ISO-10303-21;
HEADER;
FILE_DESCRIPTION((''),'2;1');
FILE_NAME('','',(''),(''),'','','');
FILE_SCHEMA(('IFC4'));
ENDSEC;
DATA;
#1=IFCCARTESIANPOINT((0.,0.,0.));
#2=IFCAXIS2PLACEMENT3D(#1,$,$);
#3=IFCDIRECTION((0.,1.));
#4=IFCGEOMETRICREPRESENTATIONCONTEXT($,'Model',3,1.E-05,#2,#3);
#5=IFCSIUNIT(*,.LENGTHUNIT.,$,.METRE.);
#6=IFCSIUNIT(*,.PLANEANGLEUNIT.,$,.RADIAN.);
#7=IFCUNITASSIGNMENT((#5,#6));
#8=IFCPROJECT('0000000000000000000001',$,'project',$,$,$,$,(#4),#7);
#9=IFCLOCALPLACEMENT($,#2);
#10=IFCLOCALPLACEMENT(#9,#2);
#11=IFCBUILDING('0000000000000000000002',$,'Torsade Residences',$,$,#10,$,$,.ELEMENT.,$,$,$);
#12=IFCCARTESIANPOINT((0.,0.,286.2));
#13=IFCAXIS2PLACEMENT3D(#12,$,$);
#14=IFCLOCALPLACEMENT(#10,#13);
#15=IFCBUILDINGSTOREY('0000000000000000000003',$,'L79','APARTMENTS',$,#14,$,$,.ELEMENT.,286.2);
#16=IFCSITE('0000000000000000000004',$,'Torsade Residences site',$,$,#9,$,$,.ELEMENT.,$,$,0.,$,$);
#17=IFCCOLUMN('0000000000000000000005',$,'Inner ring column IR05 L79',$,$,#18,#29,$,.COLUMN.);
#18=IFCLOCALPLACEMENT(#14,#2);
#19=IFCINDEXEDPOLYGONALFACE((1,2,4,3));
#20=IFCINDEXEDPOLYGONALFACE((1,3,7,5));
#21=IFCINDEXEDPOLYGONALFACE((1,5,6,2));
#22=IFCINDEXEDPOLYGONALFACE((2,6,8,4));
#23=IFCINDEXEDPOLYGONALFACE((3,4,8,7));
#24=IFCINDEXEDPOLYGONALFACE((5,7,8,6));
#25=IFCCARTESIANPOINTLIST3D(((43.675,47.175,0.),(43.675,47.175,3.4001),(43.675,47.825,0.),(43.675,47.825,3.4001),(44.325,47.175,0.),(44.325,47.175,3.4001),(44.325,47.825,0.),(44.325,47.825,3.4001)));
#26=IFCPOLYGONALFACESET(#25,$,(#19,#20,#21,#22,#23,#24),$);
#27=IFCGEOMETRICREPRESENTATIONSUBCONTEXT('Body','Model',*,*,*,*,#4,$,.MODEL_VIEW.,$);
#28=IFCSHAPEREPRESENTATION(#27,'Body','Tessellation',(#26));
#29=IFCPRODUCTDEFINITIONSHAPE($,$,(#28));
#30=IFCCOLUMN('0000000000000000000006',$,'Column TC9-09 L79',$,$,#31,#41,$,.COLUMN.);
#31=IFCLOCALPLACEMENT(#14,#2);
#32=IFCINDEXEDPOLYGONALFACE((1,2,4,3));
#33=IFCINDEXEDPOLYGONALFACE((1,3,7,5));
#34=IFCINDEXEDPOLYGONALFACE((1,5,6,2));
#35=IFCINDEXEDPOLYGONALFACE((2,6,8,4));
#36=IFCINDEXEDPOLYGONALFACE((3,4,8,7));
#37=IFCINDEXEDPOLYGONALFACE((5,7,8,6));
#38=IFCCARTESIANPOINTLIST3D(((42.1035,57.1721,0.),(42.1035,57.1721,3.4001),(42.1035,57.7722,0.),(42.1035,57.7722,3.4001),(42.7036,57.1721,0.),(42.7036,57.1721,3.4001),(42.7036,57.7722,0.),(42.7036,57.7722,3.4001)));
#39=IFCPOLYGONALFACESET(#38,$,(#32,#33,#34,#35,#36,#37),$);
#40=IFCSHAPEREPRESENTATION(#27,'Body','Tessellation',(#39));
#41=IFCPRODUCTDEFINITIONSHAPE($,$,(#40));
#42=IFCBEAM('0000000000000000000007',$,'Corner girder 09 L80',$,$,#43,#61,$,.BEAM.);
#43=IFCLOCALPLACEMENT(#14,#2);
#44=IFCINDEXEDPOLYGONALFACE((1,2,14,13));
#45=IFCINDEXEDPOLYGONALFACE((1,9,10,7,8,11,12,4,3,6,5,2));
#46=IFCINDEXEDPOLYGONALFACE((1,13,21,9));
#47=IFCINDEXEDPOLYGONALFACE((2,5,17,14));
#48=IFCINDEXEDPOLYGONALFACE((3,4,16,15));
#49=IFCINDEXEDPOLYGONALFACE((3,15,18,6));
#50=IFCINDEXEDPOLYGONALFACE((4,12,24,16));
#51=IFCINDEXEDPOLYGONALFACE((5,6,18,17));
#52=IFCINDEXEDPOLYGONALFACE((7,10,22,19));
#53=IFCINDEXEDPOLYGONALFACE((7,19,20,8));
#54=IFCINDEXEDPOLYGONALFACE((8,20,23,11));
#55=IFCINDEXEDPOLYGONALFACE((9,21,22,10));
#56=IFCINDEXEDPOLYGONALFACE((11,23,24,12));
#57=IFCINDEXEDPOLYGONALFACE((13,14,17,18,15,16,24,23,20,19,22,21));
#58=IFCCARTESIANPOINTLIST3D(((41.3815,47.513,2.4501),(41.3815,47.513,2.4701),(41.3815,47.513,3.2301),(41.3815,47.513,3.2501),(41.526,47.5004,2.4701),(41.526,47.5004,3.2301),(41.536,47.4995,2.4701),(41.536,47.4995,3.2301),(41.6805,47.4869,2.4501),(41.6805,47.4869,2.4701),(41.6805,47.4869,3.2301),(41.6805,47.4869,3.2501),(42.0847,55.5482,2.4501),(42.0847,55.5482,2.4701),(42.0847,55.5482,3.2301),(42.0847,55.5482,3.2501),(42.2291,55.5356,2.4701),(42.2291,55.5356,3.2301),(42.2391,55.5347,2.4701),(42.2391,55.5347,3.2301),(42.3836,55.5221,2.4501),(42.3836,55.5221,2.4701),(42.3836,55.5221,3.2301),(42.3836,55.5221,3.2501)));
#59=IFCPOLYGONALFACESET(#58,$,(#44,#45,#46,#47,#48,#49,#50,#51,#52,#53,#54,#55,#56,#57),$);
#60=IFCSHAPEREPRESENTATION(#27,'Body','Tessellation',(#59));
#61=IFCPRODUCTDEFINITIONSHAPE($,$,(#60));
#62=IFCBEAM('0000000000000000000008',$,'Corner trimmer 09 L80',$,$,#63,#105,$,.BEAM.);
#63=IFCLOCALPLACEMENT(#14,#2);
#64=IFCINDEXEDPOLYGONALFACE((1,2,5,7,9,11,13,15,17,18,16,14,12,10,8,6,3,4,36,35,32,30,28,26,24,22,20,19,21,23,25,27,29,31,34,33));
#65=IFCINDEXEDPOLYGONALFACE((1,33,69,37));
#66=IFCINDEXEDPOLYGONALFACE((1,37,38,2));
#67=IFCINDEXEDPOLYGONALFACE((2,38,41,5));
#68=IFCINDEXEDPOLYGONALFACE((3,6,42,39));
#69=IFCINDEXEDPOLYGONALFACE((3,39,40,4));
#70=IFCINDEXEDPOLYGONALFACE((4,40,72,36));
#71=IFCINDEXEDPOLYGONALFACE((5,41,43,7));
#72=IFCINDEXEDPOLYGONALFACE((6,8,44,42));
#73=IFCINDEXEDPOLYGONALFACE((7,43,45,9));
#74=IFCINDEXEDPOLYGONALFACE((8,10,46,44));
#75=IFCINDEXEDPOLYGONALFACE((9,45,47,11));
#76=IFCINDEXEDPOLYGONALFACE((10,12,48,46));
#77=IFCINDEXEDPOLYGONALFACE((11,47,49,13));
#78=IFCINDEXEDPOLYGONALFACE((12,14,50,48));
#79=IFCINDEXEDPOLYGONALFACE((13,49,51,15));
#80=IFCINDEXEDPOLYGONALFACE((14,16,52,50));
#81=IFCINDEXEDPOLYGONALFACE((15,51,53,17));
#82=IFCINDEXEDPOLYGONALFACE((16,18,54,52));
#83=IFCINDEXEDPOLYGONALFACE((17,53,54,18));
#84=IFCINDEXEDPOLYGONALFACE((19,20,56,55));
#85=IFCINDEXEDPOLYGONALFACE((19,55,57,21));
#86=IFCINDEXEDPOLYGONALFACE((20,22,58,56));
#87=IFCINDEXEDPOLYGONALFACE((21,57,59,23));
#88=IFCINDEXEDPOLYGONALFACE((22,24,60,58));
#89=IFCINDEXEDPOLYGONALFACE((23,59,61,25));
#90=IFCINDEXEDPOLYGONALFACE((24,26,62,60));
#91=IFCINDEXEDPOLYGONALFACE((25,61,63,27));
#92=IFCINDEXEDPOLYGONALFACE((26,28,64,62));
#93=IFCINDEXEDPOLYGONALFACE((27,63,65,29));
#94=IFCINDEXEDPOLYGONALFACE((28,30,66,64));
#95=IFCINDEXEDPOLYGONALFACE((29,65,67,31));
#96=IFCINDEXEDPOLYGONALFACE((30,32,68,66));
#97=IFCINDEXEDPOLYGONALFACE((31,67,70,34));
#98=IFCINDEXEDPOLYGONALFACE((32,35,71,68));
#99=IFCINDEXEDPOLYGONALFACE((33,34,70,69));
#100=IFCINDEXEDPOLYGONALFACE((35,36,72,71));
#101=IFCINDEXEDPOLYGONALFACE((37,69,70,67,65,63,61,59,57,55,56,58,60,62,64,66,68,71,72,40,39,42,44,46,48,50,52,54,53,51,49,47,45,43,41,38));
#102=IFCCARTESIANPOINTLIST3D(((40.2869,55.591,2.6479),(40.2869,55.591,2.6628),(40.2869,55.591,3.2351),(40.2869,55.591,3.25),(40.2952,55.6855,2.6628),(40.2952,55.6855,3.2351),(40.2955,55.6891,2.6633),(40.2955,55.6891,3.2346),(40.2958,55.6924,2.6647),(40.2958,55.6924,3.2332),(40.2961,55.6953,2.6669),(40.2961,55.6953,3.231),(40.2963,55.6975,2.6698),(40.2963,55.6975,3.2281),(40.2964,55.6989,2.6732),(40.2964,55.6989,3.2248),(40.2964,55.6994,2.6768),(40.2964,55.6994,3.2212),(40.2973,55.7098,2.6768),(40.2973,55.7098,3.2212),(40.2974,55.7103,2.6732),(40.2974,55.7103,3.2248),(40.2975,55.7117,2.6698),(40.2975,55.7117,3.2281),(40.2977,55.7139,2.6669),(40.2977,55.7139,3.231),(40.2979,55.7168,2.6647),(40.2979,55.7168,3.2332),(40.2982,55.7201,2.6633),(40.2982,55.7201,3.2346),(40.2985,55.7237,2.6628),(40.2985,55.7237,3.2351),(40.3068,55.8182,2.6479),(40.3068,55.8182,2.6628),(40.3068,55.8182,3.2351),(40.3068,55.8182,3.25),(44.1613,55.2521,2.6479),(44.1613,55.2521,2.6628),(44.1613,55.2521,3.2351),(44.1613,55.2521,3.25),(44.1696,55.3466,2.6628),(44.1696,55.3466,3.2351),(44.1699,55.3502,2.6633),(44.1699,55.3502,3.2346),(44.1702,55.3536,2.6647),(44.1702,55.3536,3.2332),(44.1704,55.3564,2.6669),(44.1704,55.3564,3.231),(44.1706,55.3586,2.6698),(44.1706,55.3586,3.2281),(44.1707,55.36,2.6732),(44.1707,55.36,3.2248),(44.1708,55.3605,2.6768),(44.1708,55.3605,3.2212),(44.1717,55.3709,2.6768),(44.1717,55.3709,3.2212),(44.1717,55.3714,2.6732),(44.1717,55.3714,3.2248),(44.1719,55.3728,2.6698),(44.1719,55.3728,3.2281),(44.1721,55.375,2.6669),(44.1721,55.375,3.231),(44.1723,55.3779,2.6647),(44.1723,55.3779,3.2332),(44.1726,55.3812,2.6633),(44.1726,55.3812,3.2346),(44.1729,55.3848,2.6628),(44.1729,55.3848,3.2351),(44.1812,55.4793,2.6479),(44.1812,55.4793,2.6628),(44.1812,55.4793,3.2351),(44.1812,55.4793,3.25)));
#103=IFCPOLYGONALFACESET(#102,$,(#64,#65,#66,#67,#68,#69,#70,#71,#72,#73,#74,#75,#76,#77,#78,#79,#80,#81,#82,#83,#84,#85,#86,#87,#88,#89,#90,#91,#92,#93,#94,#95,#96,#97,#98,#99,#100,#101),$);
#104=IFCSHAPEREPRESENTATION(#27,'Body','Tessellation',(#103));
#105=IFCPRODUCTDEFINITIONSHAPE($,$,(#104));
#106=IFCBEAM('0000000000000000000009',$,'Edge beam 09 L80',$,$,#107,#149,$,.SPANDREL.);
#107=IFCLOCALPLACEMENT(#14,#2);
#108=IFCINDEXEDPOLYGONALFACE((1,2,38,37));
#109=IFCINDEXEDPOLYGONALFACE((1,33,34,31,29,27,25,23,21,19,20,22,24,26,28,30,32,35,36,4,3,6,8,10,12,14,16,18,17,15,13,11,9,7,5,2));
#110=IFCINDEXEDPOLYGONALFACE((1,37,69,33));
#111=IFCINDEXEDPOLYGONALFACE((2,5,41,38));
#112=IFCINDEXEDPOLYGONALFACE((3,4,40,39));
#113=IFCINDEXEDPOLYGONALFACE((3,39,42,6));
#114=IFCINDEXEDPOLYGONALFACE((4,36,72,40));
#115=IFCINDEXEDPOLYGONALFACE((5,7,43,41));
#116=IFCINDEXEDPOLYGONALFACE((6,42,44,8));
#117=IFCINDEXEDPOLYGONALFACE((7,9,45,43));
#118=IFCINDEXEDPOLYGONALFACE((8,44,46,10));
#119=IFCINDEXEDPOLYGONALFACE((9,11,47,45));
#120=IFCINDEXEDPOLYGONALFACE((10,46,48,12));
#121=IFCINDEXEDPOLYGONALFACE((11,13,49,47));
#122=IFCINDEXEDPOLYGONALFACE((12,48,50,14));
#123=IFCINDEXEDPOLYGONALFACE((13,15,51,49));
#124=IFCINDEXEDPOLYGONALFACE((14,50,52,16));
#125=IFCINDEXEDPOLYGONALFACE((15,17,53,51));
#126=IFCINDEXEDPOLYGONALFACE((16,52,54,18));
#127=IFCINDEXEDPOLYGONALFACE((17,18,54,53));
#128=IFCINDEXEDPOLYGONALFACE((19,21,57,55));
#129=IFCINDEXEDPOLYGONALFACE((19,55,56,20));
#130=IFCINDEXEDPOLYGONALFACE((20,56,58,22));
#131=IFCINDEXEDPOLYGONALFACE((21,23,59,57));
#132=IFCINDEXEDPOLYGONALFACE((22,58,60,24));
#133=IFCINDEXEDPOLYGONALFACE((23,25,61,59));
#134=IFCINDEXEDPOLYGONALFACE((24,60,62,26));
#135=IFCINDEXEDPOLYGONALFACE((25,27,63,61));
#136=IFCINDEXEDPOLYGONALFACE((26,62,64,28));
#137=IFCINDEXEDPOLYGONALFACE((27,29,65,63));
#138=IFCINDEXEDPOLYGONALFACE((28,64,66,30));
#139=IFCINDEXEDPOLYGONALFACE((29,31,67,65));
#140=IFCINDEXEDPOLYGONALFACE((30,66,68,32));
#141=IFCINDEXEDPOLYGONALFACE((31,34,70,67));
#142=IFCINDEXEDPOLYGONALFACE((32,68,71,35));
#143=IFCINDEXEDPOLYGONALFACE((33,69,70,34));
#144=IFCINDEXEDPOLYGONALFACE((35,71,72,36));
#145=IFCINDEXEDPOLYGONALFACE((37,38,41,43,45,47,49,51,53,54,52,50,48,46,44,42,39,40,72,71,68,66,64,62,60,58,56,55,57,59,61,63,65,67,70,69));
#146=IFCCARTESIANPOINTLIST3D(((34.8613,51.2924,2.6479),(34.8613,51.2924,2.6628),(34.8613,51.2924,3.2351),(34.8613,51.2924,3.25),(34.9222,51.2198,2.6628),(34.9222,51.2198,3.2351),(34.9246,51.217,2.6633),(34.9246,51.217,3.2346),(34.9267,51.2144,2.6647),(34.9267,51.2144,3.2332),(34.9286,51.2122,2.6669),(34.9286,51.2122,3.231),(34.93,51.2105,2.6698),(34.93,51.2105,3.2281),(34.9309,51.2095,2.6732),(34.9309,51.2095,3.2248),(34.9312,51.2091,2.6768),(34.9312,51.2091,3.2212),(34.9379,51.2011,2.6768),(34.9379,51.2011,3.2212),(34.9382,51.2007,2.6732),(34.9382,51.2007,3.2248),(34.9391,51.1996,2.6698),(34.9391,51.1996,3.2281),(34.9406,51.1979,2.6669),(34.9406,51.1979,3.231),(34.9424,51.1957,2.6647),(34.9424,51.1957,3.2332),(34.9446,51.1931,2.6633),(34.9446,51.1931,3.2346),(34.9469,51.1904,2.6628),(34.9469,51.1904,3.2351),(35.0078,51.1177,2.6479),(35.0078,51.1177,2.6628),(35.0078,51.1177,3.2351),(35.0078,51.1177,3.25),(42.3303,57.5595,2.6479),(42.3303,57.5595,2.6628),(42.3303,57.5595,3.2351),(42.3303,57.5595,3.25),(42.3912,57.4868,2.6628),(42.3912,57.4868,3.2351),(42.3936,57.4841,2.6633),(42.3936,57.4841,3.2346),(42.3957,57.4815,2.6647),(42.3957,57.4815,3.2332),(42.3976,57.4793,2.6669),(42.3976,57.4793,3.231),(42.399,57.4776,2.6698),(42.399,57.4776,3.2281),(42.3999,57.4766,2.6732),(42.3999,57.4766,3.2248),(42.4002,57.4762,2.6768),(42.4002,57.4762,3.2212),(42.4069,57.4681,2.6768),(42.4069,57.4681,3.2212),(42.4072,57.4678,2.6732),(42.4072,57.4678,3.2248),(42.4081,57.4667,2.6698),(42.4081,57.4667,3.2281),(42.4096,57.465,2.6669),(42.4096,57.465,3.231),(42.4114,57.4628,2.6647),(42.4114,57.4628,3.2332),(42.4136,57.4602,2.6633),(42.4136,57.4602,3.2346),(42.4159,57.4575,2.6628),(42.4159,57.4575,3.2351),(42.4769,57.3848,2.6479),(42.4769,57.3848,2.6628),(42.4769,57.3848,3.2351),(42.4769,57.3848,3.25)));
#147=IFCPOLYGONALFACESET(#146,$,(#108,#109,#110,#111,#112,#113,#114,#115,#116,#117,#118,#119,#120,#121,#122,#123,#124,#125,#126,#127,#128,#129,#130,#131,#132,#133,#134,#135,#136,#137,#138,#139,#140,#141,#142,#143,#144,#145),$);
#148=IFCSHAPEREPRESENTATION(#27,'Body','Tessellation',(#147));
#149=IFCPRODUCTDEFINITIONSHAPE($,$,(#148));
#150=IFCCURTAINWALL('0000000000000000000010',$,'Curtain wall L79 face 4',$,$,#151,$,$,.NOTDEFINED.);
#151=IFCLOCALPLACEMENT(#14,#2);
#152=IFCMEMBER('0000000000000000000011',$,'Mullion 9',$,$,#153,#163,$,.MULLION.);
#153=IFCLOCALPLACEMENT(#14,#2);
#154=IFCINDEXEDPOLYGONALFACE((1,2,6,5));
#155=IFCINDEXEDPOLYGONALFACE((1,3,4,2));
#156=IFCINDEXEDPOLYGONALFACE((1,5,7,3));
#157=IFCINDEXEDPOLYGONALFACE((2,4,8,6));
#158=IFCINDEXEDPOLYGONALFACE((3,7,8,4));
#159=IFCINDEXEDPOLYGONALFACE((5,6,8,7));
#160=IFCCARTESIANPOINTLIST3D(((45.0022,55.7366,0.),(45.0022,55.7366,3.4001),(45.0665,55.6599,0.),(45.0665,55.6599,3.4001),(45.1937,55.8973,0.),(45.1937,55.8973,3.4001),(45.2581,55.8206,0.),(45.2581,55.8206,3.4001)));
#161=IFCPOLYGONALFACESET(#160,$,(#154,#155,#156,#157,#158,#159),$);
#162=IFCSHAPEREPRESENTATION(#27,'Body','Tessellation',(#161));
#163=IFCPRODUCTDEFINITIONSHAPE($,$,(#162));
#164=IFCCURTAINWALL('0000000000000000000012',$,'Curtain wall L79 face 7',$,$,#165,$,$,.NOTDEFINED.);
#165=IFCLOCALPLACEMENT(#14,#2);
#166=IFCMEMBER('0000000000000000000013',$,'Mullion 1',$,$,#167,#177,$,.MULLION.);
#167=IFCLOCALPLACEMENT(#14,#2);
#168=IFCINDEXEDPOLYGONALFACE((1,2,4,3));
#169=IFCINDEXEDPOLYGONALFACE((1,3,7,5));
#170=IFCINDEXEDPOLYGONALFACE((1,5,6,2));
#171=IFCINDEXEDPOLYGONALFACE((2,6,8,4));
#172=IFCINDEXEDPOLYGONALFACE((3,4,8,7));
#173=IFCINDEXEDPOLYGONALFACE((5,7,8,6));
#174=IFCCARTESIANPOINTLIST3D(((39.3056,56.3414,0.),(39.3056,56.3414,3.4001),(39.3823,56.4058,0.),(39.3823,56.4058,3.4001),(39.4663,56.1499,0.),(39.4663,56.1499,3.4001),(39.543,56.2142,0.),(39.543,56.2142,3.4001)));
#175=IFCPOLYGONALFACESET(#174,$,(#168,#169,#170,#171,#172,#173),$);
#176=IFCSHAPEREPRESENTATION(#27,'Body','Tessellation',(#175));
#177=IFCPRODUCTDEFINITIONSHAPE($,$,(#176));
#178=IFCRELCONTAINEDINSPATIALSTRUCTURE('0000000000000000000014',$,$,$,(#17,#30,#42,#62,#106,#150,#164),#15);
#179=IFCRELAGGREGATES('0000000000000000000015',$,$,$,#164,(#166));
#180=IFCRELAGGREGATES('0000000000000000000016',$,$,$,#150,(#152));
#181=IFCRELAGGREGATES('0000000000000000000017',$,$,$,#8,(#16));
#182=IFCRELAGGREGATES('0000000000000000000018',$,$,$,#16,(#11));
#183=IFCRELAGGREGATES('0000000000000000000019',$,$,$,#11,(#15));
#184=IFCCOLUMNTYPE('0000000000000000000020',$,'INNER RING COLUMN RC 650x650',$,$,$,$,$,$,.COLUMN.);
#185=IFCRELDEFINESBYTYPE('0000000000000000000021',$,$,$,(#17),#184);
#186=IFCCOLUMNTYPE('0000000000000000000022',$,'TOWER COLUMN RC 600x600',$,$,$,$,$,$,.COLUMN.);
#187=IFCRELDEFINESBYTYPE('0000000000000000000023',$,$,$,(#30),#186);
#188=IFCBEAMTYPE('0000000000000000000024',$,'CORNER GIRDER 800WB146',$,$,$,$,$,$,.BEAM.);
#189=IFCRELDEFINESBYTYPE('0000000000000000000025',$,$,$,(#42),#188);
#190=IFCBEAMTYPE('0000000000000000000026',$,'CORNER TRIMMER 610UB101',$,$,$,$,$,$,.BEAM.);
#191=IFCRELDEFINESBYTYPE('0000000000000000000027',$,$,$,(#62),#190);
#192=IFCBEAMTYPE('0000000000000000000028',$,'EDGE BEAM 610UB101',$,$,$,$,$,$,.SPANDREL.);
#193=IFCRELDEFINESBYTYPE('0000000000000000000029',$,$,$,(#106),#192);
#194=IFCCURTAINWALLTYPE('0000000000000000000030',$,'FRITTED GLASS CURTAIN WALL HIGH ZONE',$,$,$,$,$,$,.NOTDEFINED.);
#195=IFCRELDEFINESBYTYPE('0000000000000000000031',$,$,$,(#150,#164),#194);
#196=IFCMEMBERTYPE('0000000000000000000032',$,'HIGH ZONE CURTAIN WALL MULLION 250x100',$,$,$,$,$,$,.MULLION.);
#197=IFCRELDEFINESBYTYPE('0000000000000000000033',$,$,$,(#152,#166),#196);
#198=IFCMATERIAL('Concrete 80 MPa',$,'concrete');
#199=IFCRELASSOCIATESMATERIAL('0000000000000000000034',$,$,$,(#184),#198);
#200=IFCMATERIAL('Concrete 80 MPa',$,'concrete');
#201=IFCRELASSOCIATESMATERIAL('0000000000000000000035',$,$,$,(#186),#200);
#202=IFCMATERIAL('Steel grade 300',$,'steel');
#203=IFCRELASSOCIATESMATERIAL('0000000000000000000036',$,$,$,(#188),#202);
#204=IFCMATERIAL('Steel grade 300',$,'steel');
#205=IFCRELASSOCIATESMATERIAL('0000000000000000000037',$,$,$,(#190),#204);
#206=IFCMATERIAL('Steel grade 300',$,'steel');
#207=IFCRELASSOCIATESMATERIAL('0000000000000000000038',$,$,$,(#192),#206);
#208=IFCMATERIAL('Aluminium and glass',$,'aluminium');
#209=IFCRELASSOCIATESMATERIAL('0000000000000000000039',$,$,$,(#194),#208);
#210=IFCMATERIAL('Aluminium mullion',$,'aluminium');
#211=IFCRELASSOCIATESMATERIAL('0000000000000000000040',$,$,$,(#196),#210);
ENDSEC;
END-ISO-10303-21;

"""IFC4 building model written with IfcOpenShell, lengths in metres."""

from ifc_helpers import new_model, si_unit, direction, frame, origin, origin_2d, place, context, subcontext, project, spatial, rectangle, i_section, extrude, material, material_profile, profile_set, type_object, element, aggregate, save


model = new_model("IFC4")

# Units and contexts
model_context = context("Model", 3, precision=1e-05, world=origin(), true_north=direction((0.0, 1.0)))
body_context = subcontext(model_context, "Body", "Model", "MODEL_VIEW")
ifc_project = project(units=[si_unit("LENGTHUNIT", "METRE"), si_unit("PLANEANGLEUNIT", "RADIAN")], contexts=[model_context])

# Site, building, storey
site_placement = place(None, origin())
site = spatial("IfcSite", under=ifc_project, at=site_placement, Name="Torsade Residences site", CompositionType="ELEMENT", RefElevation=0.0)
building_placement = place(site_placement, origin())
building = spatial("IfcBuilding", under=site, at=building_placement, Name="Torsade Residences", CompositionType="ELEMENT")
storey_placement = place(building_placement, frame((0.0, 0.0, 286.2)))
storey = spatial("IfcBuildingStorey", under=building, at=storey_placement, Name="L79", Description="APARTMENTS", CompositionType="ELEMENT", Elevation=286.2)

# Columns
ifc_material_1 = material(Name="Concrete 80 MPa", Category="concrete")
ifc_material_profile_1 = material_profile(ifc_material_1, rectangle(XDim=0.6499, YDim=0.6499, at=origin_2d()), Name="RC 650x650")
ifc_profile_set_1 = profile_set([ifc_material_profile_1], Name="Concrete 80 MPa")
column_type_1 = type_object("IfcColumnType", Name="INNER RING COLUMN RC 650x650", PredefinedType="COLUMN", material=ifc_profile_set_1)
column_1_placement = place(storey_placement, frame((44.0, 47.5, 0.0), z_axis=(0.0, 0.0, 1.0), x_axis=(1.0, 0.0, 0.0)))
element("IfcColumn", 1, at=column_1_placement, inside=storey, type_object=column_type_1, Name="Inner ring column IR05 L79", PredefinedType="COLUMN", context=body_context, shape_type="SweptSolid", body=[
    extrude(rectangle(XDim=0.6499, YDim=0.6499, at=origin_2d()), origin(), (0.0, 0.0, 1.0), 3.4001),
])
ifc_material_2 = material(Name="Concrete 80 MPa", Category="concrete")
ifc_material_profile_2 = material_profile(ifc_material_2, rectangle(XDim=0.6001, YDim=0.6001, at=origin_2d()), Name="RC 600x600")
ifc_profile_set_2 = profile_set([ifc_material_profile_2], Name="Concrete 80 MPa")
column_type_2 = type_object("IfcColumnType", Name="TOWER COLUMN RC 600x600", PredefinedType="COLUMN", material=ifc_profile_set_2)
column_2_placement = place(storey_placement, frame((42.4036, 57.4722, 0.0), z_axis=(0.0, 0.0, 1.0), x_axis=(1.0, 0.0, 0.0)))
element("IfcColumn", 2, at=column_2_placement, inside=storey, type_object=column_type_2, Name="Column TC9-09 L79", PredefinedType="COLUMN", context=body_context, shape_type="SweptSolid", body=[
    extrude(rectangle(XDim=0.6001, YDim=0.6001, at=origin_2d()), origin(), (0.0, 0.0, 1.0), 3.4001),
])

# Beams
ifc_material_3 = material(Name="Steel grade 300", Category="steel")
ifc_material_profile_3 = material_profile(ifc_material_3, i_section(OverallWidth=0.3, OverallDepth=0.8, WebThickness=0.01, FlangeThickness=0.02, at=origin_2d()), Name="800WB146")
ifc_profile_set_3 = profile_set([ifc_material_profile_3], Name="Steel grade 300")
beam_type_1 = type_object("IfcBeamType", Name="CORNER GIRDER 800WB146", PredefinedType="BEAM", material=ifc_profile_set_3)
beam_1_placement = place(storey_placement, frame((42.2341, 55.5352, 2.8501), z_axis=(-0.087173, -0.996193, 0.0), x_axis=(0.996193, -0.087173, 0.0)))
element("IfcBeam", 3, at=beam_1_placement, inside=storey, type_object=beam_type_1, Name="Corner girder 09 L80", PredefinedType="BEAM", context=body_context, shape_type="SweptSolid", body=[
    extrude(i_section(OverallWidth=0.3, OverallDepth=0.8, WebThickness=0.01, FlangeThickness=0.02, at=origin_2d()), origin(), (0.0, 0.0, 1.0), 8.0659),
])
ifc_material_4 = material(Name="Steel grade 300", Category="steel")
ifc_material_profile_4 = material_profile(ifc_material_4, i_section(OverallWidth=0.228, OverallDepth=0.6021, WebThickness=0.0105, FlangeThickness=0.0149, FilletRadius=0.0139, at=origin_2d()), Name="610UB101")
ifc_profile_set_4 = profile_set([ifc_material_profile_4], Name="Steel grade 300")
beam_type_2 = type_object("IfcBeamType", Name="CORNER TRIMMER 610UB101", PredefinedType="BEAM", material=ifc_profile_set_4)
beam_2_placement = place(storey_placement, frame((40.2969, 55.7046, 2.949), z_axis=(0.996197, -0.087133, 0.0), x_axis=(0.087133, 0.996197, 0.0)))
element("IfcBeam", 4, at=beam_2_placement, inside=storey, type_object=beam_type_2, Name="Corner trimmer 09 L80", PredefinedType="BEAM", context=body_context, shape_type="SweptSolid", body=[
    extrude(i_section(OverallWidth=0.228, OverallDepth=0.6021, WebThickness=0.0105, FlangeThickness=0.0149, FilletRadius=0.0139, at=origin_2d()), origin(), (0.0, 0.0, 1.0), 3.8892),
])
ifc_material_5 = material(Name="Steel grade 300", Category="steel")
ifc_material_profile_5 = material_profile(ifc_material_5, i_section(OverallWidth=0.228, OverallDepth=0.6021, WebThickness=0.0105, FlangeThickness=0.0149, FilletRadius=0.0139, at=origin_2d()), Name="610UB101")
ifc_profile_set_5 = profile_set([ifc_material_profile_5], Name="Steel grade 300")
beam_type_3 = type_object("IfcBeamType", Name="EDGE BEAM 610UB101", PredefinedType="SPANDREL", material=ifc_profile_set_5)
beam_3_placement = place(storey_placement, frame((42.4036, 57.4722, 2.949), z_axis=(-0.766052, -0.642779, 0.0), x_axis=(0.642779, -0.766052, 0.0)))
element("IfcBeam", 5, at=beam_3_placement, inside=storey, type_object=beam_type_3, Name="Edge beam 09 L80", PredefinedType="SPANDREL", context=body_context, shape_type="SweptSolid", body=[
    extrude(i_section(OverallWidth=0.228, OverallDepth=0.6021, WebThickness=0.0105, FlangeThickness=0.0149, FilletRadius=0.0139, at=origin_2d()), origin(), (0.0, 0.0, 1.0), 9.75),
])

# Curtain walls, members
ifc_material_6 = material(Name="Aluminium and glass", Category="aluminium")
curtain_wall_type = type_object("IfcCurtainWallType", Name="FRITTED GLASS CURTAIN WALL HIGH ZONE", PredefinedType="NOTDEFINED", material=ifc_material_6)
curtain_wall_1_placement = place(storey_placement, origin())
curtain_wall_1 = element("IfcCurtainWall", 6, at=curtain_wall_1_placement, inside=storey, type_object=curtain_wall_type, Name="Curtain wall L79 face 4", PredefinedType="NOTDEFINED")
ifc_material_7 = material(Name="Aluminium mullion", Category="aluminium")
ifc_material_profile_6 = material_profile(ifc_material_7, rectangle(XDim=0.25, YDim=0.1001, at=origin_2d()), Name="HIGH ZONE CURTAIN WALL MULLION 250x100")
ifc_profile_set_6 = profile_set([ifc_material_profile_6], Name="Aluminium mullion")
member_type_1 = type_object("IfcMemberType", Name="HIGH ZONE CURTAIN WALL MULLION 250x100", PredefinedType="MULLION", material=ifc_profile_set_6)
member_1_placement = place(storey_placement, frame((45.1301, 55.7786, 0.0), z_axis=(0.0, 0.0, 1.0), x_axis=(-0.766044, -0.642788, 0.0)))
member_1 = element("IfcMember", 7, at=member_1_placement, type_object=member_type_1, Name="Mullion 9", PredefinedType="MULLION", context=body_context, shape_type="SweptSolid", body=[
    extrude(rectangle(XDim=0.25, YDim=0.1001, at=origin_2d()), origin(), (0.0, 0.0, 1.0), 3.4001),
])
curtain_wall_2_placement = place(storey_placement, origin())
curtain_wall_2 = element("IfcCurtainWall", 8, at=curtain_wall_2_placement, inside=storey, type_object=curtain_wall_type, Name="Curtain wall L79 face 7", PredefinedType="NOTDEFINED")
member_2_placement = place(storey_placement, frame((39.4243, 56.2778, 0.0), z_axis=(0.0, 0.0, 1.0), x_axis=(0.642788, -0.766044, 0.0)))
member_2 = element("IfcMember", 9, at=member_2_placement, type_object=member_type_1, Name="Mullion 1", PredefinedType="MULLION", context=body_context, shape_type="SweptSolid", body=[
    extrude(rectangle(XDim=0.25, YDim=0.1001, at=origin_2d()), origin(), (0.0, 0.0, 1.0), 3.4001),
])
aggregate(curtain_wall_2, [member_2])

aggregate(curtain_wall_1, [member_1])

save(model, "model.ifc")
